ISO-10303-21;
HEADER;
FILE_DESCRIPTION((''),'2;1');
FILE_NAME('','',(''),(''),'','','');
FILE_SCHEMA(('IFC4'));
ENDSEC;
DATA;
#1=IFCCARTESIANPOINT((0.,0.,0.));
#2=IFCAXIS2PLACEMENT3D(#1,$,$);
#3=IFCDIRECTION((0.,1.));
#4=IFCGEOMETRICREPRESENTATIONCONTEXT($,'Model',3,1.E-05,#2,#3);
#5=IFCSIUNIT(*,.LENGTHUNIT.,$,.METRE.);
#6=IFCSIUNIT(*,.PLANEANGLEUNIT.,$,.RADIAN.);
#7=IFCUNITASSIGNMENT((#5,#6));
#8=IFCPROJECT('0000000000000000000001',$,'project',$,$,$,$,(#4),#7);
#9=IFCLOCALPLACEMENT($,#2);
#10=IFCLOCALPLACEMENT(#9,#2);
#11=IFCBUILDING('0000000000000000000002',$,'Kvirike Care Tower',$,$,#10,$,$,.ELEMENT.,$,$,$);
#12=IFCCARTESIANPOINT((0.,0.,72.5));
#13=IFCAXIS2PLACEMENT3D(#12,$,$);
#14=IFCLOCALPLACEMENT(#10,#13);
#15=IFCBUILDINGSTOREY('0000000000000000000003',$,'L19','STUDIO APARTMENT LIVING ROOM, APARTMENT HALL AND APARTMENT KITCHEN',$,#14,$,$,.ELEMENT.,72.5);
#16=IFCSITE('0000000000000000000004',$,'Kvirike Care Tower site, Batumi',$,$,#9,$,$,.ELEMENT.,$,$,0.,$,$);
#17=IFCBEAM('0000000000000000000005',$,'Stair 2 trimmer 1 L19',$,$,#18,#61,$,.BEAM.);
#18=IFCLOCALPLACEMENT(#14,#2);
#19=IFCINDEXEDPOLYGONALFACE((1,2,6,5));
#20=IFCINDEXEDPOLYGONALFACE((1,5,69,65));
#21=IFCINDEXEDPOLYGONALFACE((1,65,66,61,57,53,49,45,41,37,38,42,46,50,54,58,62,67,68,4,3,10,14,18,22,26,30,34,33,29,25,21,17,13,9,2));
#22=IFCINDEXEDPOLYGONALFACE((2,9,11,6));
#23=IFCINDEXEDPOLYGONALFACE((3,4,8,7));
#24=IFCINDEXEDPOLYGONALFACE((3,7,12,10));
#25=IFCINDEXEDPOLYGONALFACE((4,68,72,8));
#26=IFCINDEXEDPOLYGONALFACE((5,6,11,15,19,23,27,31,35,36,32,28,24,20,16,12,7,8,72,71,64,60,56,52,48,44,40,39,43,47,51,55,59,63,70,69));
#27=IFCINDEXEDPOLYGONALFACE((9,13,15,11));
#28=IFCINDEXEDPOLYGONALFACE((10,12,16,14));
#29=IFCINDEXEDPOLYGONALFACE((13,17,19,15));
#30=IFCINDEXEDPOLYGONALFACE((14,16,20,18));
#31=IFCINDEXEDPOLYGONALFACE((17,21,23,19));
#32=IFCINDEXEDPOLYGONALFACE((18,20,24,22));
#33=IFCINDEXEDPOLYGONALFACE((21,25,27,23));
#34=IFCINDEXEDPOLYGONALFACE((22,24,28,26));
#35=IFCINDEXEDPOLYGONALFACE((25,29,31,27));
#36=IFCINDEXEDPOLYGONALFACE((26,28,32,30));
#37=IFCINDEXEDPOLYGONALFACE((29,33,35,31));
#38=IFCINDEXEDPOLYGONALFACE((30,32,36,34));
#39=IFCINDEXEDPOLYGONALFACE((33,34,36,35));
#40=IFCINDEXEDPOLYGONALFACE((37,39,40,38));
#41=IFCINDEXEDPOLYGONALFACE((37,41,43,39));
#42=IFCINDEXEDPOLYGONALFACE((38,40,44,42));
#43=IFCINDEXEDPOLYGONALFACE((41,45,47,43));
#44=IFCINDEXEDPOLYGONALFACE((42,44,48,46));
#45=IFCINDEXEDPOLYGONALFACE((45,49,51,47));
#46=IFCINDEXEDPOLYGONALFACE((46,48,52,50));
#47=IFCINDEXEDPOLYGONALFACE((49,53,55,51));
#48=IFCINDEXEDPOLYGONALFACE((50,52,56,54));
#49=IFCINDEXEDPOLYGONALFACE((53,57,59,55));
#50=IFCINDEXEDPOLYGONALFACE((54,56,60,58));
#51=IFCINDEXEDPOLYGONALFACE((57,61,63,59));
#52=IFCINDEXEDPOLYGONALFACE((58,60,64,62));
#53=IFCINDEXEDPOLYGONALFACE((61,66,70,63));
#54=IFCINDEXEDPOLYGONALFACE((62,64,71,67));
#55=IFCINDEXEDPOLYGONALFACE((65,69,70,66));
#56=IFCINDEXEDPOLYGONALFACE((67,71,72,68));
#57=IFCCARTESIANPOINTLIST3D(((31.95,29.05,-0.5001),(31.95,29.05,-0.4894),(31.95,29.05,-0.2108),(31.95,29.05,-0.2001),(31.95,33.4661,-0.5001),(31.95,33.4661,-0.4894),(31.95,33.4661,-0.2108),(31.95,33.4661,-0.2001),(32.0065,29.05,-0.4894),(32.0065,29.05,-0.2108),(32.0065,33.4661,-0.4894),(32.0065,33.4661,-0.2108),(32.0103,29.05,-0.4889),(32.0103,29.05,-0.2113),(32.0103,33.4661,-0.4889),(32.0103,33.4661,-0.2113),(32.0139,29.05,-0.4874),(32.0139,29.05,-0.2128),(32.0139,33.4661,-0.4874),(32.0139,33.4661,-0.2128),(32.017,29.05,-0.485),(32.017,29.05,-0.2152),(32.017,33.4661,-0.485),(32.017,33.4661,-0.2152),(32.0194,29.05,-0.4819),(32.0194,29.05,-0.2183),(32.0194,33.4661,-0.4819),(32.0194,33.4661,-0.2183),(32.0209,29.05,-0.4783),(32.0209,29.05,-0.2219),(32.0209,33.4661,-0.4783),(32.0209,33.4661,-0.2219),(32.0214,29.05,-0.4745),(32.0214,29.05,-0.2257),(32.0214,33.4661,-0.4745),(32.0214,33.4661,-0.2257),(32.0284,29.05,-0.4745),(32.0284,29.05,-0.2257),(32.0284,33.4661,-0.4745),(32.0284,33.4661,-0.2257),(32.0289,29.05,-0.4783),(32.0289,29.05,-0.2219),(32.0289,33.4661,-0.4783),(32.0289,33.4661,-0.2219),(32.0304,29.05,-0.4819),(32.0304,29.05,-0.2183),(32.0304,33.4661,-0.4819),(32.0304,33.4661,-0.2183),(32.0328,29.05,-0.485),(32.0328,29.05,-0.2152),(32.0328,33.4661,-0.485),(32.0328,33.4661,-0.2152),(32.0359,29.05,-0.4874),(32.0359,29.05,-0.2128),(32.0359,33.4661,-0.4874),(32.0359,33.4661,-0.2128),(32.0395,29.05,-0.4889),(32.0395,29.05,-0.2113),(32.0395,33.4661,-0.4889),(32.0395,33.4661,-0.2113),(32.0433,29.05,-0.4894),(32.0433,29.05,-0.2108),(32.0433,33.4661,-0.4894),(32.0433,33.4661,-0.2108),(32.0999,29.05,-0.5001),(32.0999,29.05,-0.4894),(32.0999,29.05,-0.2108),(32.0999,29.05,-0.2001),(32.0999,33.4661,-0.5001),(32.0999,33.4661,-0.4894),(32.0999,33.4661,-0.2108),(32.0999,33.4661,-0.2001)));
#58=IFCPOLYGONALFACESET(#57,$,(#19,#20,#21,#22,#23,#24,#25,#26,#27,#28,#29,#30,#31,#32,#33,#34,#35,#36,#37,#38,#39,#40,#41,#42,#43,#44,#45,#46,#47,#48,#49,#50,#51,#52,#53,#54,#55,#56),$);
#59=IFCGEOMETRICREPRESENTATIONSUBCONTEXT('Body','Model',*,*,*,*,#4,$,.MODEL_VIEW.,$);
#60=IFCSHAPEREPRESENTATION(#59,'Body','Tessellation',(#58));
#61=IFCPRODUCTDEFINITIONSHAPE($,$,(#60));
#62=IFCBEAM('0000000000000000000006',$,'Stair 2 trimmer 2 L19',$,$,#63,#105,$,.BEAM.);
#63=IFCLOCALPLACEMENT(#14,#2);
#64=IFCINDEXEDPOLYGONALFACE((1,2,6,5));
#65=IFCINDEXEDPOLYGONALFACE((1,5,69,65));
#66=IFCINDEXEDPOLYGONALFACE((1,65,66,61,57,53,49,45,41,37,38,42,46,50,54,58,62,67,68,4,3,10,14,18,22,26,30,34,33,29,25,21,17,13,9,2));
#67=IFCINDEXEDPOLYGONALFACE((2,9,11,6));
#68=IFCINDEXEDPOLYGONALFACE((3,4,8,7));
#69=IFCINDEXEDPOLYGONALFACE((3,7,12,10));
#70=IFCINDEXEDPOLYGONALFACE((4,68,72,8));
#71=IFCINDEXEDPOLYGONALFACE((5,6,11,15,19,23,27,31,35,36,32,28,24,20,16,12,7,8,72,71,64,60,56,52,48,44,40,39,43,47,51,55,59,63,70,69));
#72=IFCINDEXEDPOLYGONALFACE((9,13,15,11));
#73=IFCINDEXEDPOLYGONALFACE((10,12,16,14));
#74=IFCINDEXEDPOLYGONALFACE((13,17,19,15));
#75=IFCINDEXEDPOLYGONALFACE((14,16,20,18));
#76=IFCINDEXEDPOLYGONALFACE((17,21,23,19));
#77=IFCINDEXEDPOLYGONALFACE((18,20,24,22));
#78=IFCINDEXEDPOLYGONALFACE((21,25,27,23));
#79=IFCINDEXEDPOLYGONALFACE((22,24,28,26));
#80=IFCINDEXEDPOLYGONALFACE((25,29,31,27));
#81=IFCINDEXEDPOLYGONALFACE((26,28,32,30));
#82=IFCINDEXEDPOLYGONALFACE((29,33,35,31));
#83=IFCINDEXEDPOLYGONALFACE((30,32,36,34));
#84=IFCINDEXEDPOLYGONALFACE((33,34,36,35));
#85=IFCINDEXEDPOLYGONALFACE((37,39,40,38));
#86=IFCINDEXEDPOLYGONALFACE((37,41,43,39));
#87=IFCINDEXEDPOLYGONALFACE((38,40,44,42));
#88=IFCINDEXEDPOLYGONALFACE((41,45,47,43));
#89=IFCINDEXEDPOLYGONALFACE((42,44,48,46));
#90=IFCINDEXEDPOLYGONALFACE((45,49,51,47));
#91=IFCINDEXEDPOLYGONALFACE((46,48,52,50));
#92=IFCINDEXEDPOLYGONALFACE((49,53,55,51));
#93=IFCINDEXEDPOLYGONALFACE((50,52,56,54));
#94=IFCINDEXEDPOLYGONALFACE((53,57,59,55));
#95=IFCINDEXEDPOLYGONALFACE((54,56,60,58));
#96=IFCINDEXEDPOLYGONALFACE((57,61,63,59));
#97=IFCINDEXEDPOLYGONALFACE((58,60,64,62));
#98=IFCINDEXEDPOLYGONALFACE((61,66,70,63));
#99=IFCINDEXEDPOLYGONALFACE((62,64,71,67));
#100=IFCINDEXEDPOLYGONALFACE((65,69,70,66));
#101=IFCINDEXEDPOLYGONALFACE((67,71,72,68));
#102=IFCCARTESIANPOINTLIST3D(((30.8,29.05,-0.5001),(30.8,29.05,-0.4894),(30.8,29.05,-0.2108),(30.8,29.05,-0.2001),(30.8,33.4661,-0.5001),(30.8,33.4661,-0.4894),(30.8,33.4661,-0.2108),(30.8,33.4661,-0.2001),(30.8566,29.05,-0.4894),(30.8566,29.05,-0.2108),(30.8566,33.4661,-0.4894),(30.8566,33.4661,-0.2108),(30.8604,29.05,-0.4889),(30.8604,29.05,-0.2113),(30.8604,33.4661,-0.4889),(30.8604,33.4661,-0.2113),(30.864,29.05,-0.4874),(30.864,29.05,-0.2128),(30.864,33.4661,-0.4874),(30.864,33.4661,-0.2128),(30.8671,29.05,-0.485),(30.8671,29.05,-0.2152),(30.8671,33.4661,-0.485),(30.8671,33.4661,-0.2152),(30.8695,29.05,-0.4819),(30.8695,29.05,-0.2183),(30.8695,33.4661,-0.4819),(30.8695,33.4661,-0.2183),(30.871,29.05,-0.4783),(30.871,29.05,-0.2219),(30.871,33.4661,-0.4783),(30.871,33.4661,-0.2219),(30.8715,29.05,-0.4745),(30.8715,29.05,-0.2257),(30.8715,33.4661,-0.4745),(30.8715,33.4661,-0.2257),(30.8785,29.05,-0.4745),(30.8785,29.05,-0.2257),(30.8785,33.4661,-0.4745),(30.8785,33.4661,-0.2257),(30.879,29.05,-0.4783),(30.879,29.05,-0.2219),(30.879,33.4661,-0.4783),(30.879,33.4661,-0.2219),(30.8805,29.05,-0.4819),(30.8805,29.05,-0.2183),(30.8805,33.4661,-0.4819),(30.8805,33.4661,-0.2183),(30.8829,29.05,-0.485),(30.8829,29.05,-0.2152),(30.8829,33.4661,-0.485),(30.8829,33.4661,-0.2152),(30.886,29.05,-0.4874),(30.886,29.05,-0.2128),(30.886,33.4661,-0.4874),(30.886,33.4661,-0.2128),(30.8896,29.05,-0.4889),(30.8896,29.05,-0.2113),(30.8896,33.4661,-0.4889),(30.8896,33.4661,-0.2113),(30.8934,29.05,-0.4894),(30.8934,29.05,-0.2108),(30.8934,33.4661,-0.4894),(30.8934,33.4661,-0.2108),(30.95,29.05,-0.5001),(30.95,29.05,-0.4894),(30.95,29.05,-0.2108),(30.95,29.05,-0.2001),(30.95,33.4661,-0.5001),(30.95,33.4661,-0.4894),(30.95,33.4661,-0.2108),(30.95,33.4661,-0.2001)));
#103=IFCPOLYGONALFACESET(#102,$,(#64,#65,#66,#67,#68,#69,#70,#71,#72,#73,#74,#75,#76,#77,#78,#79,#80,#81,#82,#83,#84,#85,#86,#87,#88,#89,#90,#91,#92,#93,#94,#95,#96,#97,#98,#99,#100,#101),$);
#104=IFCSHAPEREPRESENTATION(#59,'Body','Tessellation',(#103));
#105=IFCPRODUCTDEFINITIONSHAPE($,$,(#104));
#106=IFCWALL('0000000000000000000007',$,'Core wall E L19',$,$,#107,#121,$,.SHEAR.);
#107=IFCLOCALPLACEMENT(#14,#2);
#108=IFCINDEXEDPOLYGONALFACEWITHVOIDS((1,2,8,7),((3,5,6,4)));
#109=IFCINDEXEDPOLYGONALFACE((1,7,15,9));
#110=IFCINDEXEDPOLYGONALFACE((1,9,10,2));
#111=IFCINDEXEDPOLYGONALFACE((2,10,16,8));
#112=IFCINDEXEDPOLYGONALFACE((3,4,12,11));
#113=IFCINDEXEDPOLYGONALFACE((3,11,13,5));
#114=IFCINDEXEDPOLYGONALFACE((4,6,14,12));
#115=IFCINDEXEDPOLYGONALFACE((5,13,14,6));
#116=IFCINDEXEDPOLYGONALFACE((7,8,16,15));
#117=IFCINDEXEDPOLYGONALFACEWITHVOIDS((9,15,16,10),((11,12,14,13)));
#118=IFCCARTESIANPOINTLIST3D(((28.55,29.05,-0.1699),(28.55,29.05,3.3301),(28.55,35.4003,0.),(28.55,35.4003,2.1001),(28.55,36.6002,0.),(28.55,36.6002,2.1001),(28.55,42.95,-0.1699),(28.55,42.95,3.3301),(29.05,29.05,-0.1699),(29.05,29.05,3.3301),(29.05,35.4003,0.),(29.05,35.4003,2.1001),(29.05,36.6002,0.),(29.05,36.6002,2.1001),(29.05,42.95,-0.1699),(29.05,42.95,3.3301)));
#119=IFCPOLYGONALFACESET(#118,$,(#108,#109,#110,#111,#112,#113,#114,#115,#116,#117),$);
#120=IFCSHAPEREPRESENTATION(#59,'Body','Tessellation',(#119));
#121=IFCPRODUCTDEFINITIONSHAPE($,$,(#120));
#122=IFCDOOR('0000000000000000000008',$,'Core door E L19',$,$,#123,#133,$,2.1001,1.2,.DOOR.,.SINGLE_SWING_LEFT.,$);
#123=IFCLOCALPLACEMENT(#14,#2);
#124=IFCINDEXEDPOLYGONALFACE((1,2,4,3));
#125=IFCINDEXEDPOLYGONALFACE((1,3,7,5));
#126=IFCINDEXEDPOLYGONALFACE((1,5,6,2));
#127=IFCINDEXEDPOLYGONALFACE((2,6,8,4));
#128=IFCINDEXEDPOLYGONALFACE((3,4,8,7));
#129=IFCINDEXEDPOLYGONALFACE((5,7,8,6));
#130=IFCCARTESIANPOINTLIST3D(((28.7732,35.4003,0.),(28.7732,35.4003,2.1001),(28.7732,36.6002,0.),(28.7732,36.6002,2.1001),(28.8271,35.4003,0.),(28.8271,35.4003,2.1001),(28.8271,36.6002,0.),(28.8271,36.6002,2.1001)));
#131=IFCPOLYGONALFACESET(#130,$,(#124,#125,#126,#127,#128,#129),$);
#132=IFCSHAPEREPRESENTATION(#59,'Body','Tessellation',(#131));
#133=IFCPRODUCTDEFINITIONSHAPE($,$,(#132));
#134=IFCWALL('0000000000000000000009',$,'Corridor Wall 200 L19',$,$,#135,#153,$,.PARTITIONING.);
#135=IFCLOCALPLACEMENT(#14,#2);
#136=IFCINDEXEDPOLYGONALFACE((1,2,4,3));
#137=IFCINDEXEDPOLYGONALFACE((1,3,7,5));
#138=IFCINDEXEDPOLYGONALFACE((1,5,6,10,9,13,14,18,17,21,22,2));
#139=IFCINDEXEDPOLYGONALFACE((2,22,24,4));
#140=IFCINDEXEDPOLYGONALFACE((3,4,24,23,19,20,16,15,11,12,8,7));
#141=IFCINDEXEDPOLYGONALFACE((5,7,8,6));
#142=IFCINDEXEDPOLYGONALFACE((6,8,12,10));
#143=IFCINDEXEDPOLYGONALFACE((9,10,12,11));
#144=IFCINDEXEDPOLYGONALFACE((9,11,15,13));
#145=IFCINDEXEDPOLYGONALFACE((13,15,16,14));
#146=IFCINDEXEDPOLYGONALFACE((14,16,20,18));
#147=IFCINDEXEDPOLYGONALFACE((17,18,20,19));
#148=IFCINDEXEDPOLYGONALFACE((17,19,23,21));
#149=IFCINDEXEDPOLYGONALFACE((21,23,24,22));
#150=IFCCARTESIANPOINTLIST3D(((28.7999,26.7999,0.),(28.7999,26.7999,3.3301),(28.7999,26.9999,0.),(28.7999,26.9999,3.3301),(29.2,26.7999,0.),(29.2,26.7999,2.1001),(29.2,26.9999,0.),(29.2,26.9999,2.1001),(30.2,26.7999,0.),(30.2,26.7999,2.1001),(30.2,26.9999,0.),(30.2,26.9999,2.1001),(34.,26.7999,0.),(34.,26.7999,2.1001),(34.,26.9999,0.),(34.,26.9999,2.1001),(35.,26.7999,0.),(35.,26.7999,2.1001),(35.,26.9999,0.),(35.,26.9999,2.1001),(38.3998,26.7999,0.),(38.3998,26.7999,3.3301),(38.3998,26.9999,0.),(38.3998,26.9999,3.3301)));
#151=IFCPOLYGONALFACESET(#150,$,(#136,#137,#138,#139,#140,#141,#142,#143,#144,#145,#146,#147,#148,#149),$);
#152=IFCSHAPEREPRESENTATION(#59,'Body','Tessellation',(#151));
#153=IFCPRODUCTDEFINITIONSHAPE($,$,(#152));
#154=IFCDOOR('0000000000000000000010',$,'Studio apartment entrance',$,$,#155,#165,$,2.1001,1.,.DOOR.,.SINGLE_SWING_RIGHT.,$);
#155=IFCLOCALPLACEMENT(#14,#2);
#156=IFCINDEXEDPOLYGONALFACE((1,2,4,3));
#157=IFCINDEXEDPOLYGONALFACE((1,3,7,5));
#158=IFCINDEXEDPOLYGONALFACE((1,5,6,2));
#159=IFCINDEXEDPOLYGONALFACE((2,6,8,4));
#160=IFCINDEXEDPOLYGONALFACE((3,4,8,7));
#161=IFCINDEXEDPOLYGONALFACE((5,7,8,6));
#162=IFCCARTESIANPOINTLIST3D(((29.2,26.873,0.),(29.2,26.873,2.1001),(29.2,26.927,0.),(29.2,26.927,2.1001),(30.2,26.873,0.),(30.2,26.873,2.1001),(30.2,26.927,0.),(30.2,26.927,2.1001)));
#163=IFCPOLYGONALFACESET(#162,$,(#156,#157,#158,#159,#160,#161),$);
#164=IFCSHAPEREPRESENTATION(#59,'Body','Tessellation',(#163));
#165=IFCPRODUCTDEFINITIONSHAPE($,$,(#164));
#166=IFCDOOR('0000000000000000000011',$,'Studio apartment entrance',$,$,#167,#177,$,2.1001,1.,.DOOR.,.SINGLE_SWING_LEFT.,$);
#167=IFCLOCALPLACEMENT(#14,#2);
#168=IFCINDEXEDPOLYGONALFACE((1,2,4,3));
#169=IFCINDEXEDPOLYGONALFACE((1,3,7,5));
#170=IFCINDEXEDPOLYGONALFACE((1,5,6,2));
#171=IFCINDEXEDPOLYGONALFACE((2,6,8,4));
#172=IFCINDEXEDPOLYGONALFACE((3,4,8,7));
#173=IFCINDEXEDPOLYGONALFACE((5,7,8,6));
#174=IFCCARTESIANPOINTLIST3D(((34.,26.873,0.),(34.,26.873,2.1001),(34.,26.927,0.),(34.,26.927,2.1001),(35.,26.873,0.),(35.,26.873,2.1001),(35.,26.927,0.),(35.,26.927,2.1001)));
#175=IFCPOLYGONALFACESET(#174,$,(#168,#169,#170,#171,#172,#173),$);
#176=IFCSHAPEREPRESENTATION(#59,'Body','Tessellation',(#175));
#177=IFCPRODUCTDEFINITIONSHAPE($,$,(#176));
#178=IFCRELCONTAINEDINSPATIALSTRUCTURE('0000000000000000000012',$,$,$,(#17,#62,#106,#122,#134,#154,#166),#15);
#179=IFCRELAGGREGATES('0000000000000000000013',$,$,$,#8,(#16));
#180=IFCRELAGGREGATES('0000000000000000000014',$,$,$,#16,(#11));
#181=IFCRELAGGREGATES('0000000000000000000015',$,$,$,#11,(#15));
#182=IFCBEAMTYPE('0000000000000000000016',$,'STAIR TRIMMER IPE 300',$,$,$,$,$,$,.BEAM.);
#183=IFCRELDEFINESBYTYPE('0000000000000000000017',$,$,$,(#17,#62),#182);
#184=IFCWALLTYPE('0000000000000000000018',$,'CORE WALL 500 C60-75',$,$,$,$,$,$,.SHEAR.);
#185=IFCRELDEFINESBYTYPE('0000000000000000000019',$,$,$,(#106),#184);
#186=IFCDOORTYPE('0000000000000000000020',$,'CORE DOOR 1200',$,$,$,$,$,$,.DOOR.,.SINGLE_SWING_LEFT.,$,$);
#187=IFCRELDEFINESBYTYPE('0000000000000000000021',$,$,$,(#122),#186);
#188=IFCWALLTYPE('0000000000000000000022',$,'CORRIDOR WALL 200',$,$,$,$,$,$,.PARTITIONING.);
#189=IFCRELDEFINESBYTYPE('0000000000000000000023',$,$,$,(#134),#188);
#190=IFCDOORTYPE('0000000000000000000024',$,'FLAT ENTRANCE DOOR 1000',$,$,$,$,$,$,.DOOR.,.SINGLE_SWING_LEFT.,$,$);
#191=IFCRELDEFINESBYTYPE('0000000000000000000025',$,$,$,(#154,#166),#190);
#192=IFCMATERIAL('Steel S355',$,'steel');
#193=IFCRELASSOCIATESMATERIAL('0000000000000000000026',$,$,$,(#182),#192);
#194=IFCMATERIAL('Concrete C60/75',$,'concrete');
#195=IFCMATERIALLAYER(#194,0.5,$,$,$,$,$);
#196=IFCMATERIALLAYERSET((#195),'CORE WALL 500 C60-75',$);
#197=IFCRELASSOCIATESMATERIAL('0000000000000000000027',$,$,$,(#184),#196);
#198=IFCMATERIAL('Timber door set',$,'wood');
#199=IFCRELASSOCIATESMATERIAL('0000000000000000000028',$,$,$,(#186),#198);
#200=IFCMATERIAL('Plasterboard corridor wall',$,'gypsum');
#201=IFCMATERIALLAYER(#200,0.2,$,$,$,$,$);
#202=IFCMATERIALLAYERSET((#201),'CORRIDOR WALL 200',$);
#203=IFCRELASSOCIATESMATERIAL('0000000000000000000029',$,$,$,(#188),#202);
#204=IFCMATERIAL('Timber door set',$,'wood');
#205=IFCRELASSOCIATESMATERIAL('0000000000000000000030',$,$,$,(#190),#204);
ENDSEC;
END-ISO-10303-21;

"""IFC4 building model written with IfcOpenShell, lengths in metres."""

from ifc_helpers import new_model, si_unit, direction, frame, frame_2d, origin, origin_2d, place, context, subcontext, project, spatial, rectangle, i_section, extrude, material, layer, layer_set, material_profile, profile_set, type_object, element, fill, save


model = new_model("IFC4")

# Units and contexts
model_context = context("Model", 3, precision=1e-05, world=origin(), true_north=direction((0.0, 1.0)))
body_context = subcontext(model_context, "Body", "Model", "MODEL_VIEW")
ifc_project = project(units=[si_unit("LENGTHUNIT", "METRE"), si_unit("PLANEANGLEUNIT", "RADIAN")], contexts=[model_context])

# Site, building, storey
site_placement = place(None, origin())
site = spatial("IfcSite", under=ifc_project, at=site_placement, Name="Kvirike Care Tower site, Batumi", CompositionType="ELEMENT", RefElevation=0.0)
building_placement = place(site_placement, origin())
building = spatial("IfcBuilding", under=site, at=building_placement, Name="Kvirike Care Tower", CompositionType="ELEMENT")
storey_placement = place(building_placement, frame((0.0, 0.0, 72.5)))
storey = spatial("IfcBuildingStorey", under=building, at=storey_placement, Name="L19", Description="STUDIO APARTMENT LIVING ROOM, APARTMENT HALL AND APARTMENT KITCHEN", CompositionType="ELEMENT", Elevation=72.5)

# Beams
ifc_material_1 = material(Name="Steel S355", Category="steel")
ifc_material_profile_1 = material_profile(ifc_material_1, i_section(OverallWidth=0.1499, OverallDepth=0.3, WebThickness=0.0071, FlangeThickness=0.0107, FilletRadius=0.0149, at=origin_2d()), Name="IPE 300")
ifc_profile_set_1 = profile_set([ifc_material_profile_1], Name="Steel S355")
beam_type_1 = type_object("IfcBeamType", Name="STAIR TRIMMER IPE 300", PredefinedType="BEAM", material=ifc_profile_set_1)
for number, where, z_axis, x_axis, name in (
    (1, (32.0249, 29.05, -0.3501), (0.0, 1.0, 0.0), (-1.0, 0.0, 0.0), "Stair 2 trimmer 1 L19"),
    (2, (30.875, 29.05, -0.3501), (0.0, 1.0, 0.0), (-1.0, 0.0, 0.0), "Stair 2 trimmer 2 L19"),
):
    element("IfcBeam", number, at=place(storey_placement, frame(where, z_axis=z_axis, x_axis=x_axis)), inside=storey, type_object=beam_type_1, Name=name, PredefinedType="BEAM", context=body_context, shape_type="SweptSolid", body=[
        extrude(i_section(OverallWidth=0.1499, OverallDepth=0.3, WebThickness=0.0071, FlangeThickness=0.0107, FilletRadius=0.0149, at=origin_2d()), origin(), (0.0, 0.0, 1.0), 4.416),
    ])

# Wall, opening, door
ifc_material_2 = material(Name="Concrete C60/75", Category="concrete")
ifc_layer_1 = layer(ifc_material_2, 0.5)
ifc_layer_set_1 = layer_set([ifc_layer_1], Name="CORE WALL 500 C60-75")
wall_type_1 = type_object("IfcWallType", Name="CORE WALL 500 C60-75", PredefinedType="SHEAR", material=ifc_layer_set_1)
wall_1_placement = place(storey_placement, frame((28.8, 29.05, -0.1699), z_axis=(0.0, 0.0, 1.0), x_axis=(0.0, 1.0, 0.0)))
wall_1 = element("IfcWall", 3, at=wall_1_placement, inside=storey, type_object=wall_type_1, Name="Core wall E L19", PredefinedType="SHEAR", context=body_context, shape_type="SweptSolid", body=[
    extrude(rectangle(XDim=13.8999, YDim=0.5, at=frame_2d((6.95, 0.0))), origin(), (0.0, 0.0, 1.0), 3.5),
])
opening_1_placement = place(wall_1_placement, frame((6.3501, 0.0, 0.1699)))
opening_1 = element("IfcOpeningElement", 4, at=opening_1_placement, cuts=wall_1, PredefinedType="OPENING", context=body_context, shape_type="SweptSolid", body=[
    extrude(rectangle(XDim=1.2, YDim=2.1001, at=frame_2d((0.6001, 1.05))), frame((0.0, 0.2605, 0.0), z_axis=(0.0, -1.0, 0.0), x_axis=(1.0, 0.0, 0.0)), (0.0, 0.0, 1.0), 0.521),
])
ifc_material_3 = material(Name="Timber door set", Category="wood")
door_type_1 = type_object("IfcDoorType", Name="CORE DOOR 1200", OperationType="SINGLE_SWING_LEFT", PredefinedType="DOOR", material=ifc_material_3)
door_1_placement = place(opening_1_placement, origin())
door_1 = element("IfcDoor", 5, at=door_1_placement, inside=storey, type_object=door_type_1, Name="Core door E L19", OperationType="SINGLE_SWING_LEFT", OverallHeight=2.1001, OverallWidth=1.2, PredefinedType="DOOR", context=body_context, shape_type="SweptSolid", body=[
    extrude(rectangle(XDim=1.2, YDim=2.1001, at=frame_2d((0.6001, 1.05))), frame((0.0, 0.0269, 0.0), z_axis=(0.0, -1.0, 0.0), x_axis=(1.0, 0.0, 0.0)), (0.0, 0.0, 1.0), 0.054),
])
fill(opening_1, door_1)

# Wall, openings, doors
ifc_material_4 = material(Name="Plasterboard corridor wall", Category="gypsum")
ifc_layer_2 = layer(ifc_material_4, 0.2)
ifc_layer_set_2 = layer_set([ifc_layer_2], Name="CORRIDOR WALL 200")
wall_type_2 = type_object("IfcWallType", Name="CORRIDOR WALL 200", PredefinedType="PARTITIONING", material=ifc_layer_set_2)
wall_2_placement = place(storey_placement, frame((28.8, 26.8999, 0.0), z_axis=(0.0, 0.0, 1.0), x_axis=(1.0, 0.0, 0.0)))
wall_2 = element("IfcWall", 6, at=wall_2_placement, inside=storey, type_object=wall_type_2, Name="Corridor Wall 200 L19", PredefinedType="PARTITIONING", context=body_context, shape_type="SweptSolid", body=[
    extrude(rectangle(XDim=9.5999, YDim=0.2, at=frame_2d((4.7998, 0.0))), origin(), (0.0, 0.0, 1.0), 3.3301),
])
opening_2_placement = place(wall_2_placement, frame((0.3999, 0.0, 0.0)))
opening_2 = element("IfcOpeningElement", 7, at=opening_2_placement, cuts=wall_2, PredefinedType="OPENING", context=body_context, shape_type="SweptSolid", body=[
    extrude(rectangle(XDim=1.0, YDim=2.1001, at=frame_2d((0.5, 1.05))), frame((0.0, 0.1106, 0.0), z_axis=(0.0, -1.0, 0.0), x_axis=(1.0, 0.0, 0.0)), (0.0, 0.0, 1.0), 0.2209),
])
opening_3_placement = place(wall_2_placement, frame((5.2, 0.0, 0.0)))
opening_3 = element("IfcOpeningElement", 8, at=opening_3_placement, cuts=wall_2, PredefinedType="OPENING", context=body_context, shape_type="SweptSolid", body=[
    extrude(rectangle(XDim=1.0, YDim=2.1001, at=frame_2d((0.5, 1.05))), frame((0.0, 0.1106, 0.0), z_axis=(0.0, -1.0, 0.0), x_axis=(1.0, 0.0, 0.0)), (0.0, 0.0, 1.0), 0.2209),
])
ifc_material_5 = material(Name="Timber door set", Category="wood")
door_type_2 = type_object("IfcDoorType", Name="FLAT ENTRANCE DOOR 1000", OperationType="SINGLE_SWING_LEFT", PredefinedType="DOOR", material=ifc_material_5)
door_2_placement = place(opening_2_placement, frame((1.0, 0.0, 0.0), z_axis=(0.0, 0.0, 1.0), x_axis=(-1.0, 0.0, 0.0)))
door_2 = element("IfcDoor", 9, at=door_2_placement, inside=storey, type_object=door_type_2, Name="Studio apartment entrance", OperationType="SINGLE_SWING_RIGHT", OverallHeight=2.1001, OverallWidth=1.0, PredefinedType="DOOR", context=body_context, shape_type="SweptSolid", body=[
    extrude(rectangle(XDim=1.0, YDim=2.1001, at=frame_2d((0.5, 1.05))), frame((0.0, 0.0269, 0.0), z_axis=(0.0, -1.0, 0.0), x_axis=(1.0, 0.0, 0.0)), (0.0, 0.0, 1.0), 0.054),
])
fill(opening_2, door_2)
door_3_placement = place(opening_3_placement, frame((1.0, 0.0, 0.0), z_axis=(0.0, 0.0, 1.0), x_axis=(-1.0, 0.0, 0.0)))
door_3 = element("IfcDoor", 10, at=door_3_placement, inside=storey, type_object=door_type_2, Name="Studio apartment entrance", OperationType="SINGLE_SWING_LEFT", OverallHeight=2.1001, OverallWidth=1.0, PredefinedType="DOOR", context=body_context, shape_type="SweptSolid", body=[
    extrude(rectangle(XDim=1.0, YDim=2.1001, at=frame_2d((0.5, 1.05))), frame((0.0, 0.0269, 0.0), z_axis=(0.0, -1.0, 0.0), x_axis=(1.0, 0.0, 0.0)), (0.0, 0.0, 1.0), 0.054),
])
fill(opening_3, door_3)

save(model, "model.ifc")
